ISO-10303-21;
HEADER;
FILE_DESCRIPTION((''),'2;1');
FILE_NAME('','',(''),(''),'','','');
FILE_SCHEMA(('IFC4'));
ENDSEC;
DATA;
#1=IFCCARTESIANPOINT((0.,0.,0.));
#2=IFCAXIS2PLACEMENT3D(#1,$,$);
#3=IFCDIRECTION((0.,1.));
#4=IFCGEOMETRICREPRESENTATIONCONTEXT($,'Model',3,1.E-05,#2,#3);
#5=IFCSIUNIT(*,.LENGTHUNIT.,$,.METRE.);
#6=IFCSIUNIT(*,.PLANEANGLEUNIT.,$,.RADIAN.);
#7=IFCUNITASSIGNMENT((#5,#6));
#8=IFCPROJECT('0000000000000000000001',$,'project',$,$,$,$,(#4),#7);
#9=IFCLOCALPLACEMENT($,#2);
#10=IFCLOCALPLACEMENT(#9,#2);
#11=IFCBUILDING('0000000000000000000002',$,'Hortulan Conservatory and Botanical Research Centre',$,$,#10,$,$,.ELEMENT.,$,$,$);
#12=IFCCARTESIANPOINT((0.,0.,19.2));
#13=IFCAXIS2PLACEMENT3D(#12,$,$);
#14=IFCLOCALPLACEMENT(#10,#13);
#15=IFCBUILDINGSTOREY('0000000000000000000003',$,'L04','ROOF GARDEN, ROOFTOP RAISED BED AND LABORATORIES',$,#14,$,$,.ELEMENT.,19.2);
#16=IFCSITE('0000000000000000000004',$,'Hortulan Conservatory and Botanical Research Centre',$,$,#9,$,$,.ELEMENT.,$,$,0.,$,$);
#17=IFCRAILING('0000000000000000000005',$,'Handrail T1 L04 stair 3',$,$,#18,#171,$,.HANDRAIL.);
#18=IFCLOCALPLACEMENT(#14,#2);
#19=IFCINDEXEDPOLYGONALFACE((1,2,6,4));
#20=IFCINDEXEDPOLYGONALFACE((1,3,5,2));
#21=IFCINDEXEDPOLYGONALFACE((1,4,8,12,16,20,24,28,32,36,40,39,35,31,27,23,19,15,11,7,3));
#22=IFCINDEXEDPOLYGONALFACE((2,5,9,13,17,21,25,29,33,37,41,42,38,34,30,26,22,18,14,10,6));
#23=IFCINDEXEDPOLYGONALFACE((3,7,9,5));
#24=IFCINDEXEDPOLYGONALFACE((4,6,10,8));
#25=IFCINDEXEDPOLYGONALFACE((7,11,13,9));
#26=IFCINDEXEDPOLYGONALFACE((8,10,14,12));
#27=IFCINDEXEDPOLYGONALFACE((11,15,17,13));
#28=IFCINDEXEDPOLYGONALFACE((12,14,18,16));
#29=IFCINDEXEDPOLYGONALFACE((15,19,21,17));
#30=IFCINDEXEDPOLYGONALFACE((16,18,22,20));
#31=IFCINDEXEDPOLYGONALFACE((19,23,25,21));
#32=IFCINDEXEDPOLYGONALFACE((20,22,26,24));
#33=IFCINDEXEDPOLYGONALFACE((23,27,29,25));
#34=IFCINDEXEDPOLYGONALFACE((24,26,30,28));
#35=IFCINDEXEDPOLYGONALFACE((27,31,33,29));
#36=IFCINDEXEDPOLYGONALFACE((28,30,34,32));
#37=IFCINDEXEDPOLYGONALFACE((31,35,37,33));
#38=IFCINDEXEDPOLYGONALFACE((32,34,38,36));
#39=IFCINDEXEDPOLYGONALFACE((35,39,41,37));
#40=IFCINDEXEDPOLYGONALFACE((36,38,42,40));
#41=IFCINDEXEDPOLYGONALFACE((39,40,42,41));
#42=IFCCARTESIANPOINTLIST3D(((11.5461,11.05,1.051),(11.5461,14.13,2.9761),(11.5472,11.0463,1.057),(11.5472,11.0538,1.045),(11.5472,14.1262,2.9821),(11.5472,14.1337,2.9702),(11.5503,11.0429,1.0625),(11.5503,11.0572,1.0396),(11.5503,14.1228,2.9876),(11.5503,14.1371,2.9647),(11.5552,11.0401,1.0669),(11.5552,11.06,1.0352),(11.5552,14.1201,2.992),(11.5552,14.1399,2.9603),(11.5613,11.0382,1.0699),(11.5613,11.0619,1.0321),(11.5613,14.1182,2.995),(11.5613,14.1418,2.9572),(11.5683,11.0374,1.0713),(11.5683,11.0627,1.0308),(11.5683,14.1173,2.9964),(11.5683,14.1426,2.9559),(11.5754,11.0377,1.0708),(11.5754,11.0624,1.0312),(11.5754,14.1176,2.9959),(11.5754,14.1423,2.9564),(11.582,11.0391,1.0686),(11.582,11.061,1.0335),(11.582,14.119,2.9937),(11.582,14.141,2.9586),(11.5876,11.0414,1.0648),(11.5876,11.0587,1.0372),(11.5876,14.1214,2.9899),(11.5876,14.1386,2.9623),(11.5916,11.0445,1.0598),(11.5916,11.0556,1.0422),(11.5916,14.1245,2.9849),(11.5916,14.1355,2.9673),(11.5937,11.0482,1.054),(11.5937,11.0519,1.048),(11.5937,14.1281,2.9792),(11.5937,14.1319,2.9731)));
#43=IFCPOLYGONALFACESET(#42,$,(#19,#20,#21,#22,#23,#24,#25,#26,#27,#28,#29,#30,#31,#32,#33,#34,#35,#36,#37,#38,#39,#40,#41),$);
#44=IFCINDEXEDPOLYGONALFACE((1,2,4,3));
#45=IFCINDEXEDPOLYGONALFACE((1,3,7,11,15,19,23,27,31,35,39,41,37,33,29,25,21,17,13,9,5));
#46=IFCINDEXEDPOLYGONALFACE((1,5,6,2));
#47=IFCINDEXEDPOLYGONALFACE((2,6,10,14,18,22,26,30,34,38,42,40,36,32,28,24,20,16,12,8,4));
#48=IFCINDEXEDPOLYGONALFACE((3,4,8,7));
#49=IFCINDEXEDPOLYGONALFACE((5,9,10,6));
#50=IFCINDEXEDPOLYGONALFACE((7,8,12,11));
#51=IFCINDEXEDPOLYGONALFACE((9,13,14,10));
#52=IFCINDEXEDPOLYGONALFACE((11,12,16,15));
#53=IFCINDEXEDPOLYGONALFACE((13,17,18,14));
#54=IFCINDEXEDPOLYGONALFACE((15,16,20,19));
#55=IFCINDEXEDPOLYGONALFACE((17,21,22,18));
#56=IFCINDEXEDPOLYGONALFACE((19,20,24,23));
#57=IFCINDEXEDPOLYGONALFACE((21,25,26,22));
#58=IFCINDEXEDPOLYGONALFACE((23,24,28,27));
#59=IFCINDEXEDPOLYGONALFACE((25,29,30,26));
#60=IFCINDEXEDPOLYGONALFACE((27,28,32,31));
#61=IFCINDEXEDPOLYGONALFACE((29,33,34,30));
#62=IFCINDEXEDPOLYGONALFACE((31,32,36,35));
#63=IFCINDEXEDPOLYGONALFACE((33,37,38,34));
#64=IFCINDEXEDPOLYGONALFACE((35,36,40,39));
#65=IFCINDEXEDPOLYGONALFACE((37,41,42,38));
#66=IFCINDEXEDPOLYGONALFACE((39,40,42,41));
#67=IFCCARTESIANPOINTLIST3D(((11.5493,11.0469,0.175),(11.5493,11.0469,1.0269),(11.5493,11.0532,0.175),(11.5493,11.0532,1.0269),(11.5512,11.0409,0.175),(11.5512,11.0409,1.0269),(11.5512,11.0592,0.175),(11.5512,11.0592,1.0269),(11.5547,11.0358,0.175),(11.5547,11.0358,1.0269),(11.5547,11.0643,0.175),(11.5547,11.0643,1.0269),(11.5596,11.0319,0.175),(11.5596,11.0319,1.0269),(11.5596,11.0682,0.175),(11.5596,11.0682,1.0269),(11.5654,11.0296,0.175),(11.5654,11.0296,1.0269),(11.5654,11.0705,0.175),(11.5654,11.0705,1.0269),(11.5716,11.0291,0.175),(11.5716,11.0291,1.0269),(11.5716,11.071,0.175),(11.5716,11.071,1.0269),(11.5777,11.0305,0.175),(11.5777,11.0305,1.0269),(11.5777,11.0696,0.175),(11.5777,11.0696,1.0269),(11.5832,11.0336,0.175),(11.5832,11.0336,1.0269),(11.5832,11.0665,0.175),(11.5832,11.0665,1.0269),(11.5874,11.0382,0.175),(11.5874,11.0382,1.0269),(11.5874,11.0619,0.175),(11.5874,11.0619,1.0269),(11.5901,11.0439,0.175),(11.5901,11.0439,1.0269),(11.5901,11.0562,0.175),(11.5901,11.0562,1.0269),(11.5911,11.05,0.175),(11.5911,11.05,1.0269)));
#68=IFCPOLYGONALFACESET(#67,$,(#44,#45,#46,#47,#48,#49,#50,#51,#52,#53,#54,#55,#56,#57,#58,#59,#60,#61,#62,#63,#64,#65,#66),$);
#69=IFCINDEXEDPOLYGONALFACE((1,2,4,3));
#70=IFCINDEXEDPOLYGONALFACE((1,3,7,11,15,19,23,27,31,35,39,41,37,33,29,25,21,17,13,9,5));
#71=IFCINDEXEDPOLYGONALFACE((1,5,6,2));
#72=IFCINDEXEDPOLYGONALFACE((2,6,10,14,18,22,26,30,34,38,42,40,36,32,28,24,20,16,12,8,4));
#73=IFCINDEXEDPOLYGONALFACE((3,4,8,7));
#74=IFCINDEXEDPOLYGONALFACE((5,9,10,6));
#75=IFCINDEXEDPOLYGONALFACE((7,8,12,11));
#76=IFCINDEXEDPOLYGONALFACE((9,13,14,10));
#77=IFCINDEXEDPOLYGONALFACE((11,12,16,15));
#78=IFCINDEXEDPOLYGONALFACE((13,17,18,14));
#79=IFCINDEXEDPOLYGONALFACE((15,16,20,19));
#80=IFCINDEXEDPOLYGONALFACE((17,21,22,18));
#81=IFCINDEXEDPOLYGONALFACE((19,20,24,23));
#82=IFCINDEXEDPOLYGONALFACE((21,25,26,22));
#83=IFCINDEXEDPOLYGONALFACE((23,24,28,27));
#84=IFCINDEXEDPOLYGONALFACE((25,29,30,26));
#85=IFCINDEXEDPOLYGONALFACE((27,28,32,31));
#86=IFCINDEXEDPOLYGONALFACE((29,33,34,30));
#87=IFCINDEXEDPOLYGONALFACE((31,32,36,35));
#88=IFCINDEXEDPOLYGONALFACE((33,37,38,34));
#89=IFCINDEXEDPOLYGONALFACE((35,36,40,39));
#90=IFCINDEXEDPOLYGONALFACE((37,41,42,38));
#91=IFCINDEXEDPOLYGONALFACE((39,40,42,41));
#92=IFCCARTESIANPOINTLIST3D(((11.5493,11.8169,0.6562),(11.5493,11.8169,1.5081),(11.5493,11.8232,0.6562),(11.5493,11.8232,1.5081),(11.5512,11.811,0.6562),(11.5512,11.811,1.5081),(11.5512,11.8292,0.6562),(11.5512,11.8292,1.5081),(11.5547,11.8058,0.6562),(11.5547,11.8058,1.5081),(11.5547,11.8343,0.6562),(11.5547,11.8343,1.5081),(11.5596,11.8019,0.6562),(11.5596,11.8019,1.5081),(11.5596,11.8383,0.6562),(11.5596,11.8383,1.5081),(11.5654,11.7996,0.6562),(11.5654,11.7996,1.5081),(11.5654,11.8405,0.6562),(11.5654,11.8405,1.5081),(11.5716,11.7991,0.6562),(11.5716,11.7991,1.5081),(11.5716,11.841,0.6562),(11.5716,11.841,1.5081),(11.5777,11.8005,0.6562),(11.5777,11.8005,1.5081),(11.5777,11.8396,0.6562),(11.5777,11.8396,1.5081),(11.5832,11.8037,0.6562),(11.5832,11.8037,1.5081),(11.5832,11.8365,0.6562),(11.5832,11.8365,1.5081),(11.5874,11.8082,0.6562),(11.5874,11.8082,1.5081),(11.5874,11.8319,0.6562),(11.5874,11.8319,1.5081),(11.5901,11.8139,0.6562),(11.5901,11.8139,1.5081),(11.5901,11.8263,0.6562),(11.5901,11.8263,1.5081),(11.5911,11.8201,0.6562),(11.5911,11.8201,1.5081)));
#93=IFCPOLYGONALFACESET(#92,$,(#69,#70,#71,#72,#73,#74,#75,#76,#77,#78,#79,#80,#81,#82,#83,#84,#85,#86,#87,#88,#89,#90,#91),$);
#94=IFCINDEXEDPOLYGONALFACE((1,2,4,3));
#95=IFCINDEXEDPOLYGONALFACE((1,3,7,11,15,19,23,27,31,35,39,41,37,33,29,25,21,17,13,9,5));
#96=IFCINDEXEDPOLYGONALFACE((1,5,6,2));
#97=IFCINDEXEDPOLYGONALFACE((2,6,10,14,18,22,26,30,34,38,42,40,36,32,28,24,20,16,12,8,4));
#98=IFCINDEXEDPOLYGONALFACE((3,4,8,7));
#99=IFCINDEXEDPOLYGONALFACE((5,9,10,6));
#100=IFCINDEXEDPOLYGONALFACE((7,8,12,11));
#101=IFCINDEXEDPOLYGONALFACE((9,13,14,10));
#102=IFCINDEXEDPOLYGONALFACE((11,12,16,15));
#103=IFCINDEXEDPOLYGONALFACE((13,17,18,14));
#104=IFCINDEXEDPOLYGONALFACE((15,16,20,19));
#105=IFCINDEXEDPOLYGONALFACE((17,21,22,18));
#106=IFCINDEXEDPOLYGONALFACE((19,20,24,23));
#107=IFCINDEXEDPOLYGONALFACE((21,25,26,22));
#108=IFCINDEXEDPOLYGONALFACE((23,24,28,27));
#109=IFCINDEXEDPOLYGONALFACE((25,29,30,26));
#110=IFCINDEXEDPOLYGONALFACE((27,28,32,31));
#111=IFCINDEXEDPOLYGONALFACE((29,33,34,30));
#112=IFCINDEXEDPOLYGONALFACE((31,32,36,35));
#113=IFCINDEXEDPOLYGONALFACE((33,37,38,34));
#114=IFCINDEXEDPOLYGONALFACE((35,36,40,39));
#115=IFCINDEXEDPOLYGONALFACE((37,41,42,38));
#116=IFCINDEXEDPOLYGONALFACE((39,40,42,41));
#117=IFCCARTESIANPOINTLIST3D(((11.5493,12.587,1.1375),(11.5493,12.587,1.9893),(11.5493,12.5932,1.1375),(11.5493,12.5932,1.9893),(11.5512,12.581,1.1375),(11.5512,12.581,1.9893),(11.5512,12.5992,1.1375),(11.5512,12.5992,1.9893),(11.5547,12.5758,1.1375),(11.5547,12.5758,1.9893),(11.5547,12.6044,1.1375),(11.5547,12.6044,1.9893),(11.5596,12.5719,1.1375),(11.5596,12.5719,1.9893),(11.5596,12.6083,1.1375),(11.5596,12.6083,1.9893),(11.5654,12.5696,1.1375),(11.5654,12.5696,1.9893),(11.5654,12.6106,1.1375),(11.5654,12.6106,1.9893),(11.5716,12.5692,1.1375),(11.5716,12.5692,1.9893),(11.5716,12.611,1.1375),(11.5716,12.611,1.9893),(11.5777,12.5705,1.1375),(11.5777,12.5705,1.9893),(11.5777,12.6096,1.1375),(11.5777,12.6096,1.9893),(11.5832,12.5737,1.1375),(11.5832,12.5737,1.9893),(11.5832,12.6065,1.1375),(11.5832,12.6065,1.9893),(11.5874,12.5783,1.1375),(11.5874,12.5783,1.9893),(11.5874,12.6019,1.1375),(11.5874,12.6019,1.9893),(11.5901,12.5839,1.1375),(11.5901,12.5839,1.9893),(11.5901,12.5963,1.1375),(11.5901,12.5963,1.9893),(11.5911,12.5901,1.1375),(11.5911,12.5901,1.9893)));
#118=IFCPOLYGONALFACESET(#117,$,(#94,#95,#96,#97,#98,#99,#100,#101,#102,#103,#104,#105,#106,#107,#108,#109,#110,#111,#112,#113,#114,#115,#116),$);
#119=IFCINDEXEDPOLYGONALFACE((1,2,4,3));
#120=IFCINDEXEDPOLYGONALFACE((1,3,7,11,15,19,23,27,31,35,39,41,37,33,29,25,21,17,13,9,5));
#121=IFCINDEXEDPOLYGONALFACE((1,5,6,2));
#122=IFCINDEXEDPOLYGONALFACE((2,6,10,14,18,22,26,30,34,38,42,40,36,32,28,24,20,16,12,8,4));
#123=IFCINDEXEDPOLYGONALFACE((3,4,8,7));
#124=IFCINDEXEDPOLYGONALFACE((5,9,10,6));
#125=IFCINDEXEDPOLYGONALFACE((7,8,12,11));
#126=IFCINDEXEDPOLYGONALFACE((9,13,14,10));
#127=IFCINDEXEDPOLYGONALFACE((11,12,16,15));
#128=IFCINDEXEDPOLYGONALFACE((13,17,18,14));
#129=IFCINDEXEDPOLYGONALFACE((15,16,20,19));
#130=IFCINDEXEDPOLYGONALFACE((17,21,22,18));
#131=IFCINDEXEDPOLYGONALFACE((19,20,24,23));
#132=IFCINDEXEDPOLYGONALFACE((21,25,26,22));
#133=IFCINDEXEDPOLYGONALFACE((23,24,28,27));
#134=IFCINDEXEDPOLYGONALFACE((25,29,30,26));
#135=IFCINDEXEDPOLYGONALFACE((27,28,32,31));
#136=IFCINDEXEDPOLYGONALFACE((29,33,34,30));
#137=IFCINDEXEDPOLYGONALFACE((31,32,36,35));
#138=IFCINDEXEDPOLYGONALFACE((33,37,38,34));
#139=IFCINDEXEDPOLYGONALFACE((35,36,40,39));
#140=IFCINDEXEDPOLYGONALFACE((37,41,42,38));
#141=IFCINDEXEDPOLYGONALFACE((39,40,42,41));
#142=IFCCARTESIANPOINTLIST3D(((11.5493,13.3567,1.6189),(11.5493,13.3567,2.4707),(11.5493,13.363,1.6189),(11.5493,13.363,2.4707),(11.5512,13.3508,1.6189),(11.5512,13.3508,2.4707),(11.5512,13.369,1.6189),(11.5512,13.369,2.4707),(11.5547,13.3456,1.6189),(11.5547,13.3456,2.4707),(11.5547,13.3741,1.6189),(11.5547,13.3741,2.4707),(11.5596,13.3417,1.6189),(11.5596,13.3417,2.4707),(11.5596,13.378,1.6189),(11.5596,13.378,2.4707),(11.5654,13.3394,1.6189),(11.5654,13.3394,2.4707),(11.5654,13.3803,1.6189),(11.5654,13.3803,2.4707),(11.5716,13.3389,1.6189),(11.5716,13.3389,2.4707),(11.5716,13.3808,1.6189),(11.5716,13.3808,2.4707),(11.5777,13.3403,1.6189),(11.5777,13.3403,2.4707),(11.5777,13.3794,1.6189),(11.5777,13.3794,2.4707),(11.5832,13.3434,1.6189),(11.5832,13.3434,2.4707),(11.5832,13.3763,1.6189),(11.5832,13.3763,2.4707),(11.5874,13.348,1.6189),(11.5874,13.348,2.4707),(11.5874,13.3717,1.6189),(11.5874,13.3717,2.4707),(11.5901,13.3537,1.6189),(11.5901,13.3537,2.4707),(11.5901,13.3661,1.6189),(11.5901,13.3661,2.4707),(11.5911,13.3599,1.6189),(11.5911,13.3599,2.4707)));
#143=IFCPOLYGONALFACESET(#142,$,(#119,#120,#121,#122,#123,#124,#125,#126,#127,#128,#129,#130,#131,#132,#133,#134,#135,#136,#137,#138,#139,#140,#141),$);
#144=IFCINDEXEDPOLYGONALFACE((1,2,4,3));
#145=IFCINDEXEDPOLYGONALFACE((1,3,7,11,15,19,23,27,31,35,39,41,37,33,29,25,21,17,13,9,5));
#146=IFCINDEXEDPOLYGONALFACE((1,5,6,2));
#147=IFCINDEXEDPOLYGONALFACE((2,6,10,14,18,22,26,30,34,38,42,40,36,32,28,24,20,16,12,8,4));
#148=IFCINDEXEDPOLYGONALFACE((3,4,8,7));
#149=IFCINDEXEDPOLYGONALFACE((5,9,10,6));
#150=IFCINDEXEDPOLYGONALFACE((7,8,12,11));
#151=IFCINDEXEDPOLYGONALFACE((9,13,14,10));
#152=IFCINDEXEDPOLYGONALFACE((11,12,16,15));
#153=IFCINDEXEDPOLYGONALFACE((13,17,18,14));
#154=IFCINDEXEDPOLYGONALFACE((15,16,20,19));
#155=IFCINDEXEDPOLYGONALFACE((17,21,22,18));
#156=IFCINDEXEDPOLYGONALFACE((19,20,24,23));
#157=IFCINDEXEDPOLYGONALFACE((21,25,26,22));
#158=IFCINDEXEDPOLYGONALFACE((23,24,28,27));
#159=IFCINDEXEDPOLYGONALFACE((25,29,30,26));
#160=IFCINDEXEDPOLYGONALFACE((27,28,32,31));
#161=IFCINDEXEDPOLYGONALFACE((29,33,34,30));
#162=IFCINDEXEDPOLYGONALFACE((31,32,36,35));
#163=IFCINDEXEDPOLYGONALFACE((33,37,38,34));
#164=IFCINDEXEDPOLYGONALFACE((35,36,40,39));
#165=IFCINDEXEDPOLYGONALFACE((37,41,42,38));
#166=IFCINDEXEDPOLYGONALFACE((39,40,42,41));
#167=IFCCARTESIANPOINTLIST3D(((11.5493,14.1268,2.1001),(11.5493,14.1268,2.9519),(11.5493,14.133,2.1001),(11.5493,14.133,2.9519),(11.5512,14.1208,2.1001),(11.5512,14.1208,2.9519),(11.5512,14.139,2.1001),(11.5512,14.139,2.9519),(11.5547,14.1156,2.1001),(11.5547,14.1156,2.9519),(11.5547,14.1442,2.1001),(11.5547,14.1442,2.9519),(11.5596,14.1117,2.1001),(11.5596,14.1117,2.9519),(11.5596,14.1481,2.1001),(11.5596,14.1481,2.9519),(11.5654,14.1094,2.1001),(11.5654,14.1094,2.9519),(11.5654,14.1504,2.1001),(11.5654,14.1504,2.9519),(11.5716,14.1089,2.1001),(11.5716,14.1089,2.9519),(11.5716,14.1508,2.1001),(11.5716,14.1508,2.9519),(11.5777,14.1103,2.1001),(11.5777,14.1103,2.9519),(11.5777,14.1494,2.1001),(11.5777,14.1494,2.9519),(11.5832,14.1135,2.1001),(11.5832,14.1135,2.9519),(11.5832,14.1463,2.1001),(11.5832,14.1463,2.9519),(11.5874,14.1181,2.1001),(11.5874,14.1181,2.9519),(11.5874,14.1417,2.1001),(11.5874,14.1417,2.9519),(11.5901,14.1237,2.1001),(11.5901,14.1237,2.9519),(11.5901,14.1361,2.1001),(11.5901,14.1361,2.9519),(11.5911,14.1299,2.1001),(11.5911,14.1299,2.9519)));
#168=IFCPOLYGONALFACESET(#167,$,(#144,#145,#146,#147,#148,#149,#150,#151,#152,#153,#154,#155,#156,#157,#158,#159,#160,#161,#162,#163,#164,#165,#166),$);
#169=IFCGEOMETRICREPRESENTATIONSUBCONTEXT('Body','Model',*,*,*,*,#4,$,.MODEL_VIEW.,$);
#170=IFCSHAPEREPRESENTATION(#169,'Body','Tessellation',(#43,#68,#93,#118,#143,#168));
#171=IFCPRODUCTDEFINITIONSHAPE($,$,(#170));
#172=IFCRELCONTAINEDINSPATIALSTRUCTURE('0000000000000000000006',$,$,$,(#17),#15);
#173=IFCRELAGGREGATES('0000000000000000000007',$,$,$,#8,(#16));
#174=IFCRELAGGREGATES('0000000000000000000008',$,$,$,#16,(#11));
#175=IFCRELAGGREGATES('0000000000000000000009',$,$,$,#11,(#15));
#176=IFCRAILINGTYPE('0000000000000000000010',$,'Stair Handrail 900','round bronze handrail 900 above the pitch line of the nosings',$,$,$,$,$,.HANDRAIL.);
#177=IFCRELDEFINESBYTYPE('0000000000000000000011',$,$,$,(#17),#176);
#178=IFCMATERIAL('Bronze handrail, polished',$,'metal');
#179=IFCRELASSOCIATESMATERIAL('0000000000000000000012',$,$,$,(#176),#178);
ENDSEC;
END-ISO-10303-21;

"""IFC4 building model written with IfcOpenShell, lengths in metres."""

from ifc_helpers import new_model, si_unit, direction, frame, origin, origin_2d, place, context, subcontext, project, spatial, circle, extrude, material, type_object, element, save


model = new_model("IFC4")

# Units and contexts
model_context = context("Model", 3, precision=1e-05, world=origin(), true_north=direction((0.0, 1.0)))
body_context = subcontext(model_context, "Body", "Model", "MODEL_VIEW")
ifc_project = project(units=[si_unit("LENGTHUNIT", "METRE"), si_unit("PLANEANGLEUNIT", "RADIAN")], contexts=[model_context])

# Site, building, storey
site_placement = place(None, origin())
site = spatial("IfcSite", under=ifc_project, at=site_placement, Name="Hortulan Conservatory and Botanical Research Centre", CompositionType="ELEMENT", RefElevation=0.0)
building_placement = place(site_placement, origin())
building = spatial("IfcBuilding", under=site, at=building_placement, Name="Hortulan Conservatory and Botanical Research Centre", CompositionType="ELEMENT")
storey_placement = place(building_placement, frame((0.0, 0.0, 19.2)))
storey = spatial("IfcBuildingStorey", under=building, at=storey_placement, Name="L04", Description="ROOF GARDEN, ROOFTOP RAISED BED AND LABORATORIES", CompositionType="ELEMENT", Elevation=19.2)

# Railing
ifc_material_1 = material(Name="Bronze handrail, polished", Category="metal")
railing_type_1 = type_object("IfcRailingType", Name="Stair Handrail 900", Description="round bronze handrail 900 above the pitch line of the nosings", PredefinedType="HANDRAIL", material=ifc_material_1)
railing_1_placement = place(storey_placement, frame((11.5701, 11.05, 0.175)))
element("IfcRailing", 1, at=railing_1_placement, inside=storey, type_object=railing_type_1, Name="Handrail T1 L04 stair 3", PredefinedType="HANDRAIL", context=body_context, shape_type="SweptSolid", body=[
    extrude(circle(Radius=0.0239, at=origin_2d()), frame((0.0, 0.0, 0.876), z_axis=(0.0, 0.847979, 0.530029), x_axis=(-1.0, 0.0, 0.0)), (0.0, 0.0, 1.0), 3.6321),
    extrude(circle(Radius=0.021, at=origin_2d()), origin(), (0.0, 0.0, 1.0), 0.8518),
    extrude(circle(Radius=0.021, at=origin_2d()), frame((0.0, 0.77, 0.4812)), (0.0, 0.0, 1.0), 0.8518),
    extrude(circle(Radius=0.021, at=origin_2d()), frame((0.0, 1.54, 0.9624)), (0.0, 0.0, 1.0), 0.8518),
    extrude(circle(Radius=0.021, at=origin_2d()), frame((0.0, 2.3098, 1.4438)), (0.0, 0.0, 1.0), 0.8518),
    extrude(circle(Radius=0.021, at=origin_2d()), frame((0.0, 3.0798, 1.925)), (0.0, 0.0, 1.0), 0.8518),
])

save(model, "model.ifc")
